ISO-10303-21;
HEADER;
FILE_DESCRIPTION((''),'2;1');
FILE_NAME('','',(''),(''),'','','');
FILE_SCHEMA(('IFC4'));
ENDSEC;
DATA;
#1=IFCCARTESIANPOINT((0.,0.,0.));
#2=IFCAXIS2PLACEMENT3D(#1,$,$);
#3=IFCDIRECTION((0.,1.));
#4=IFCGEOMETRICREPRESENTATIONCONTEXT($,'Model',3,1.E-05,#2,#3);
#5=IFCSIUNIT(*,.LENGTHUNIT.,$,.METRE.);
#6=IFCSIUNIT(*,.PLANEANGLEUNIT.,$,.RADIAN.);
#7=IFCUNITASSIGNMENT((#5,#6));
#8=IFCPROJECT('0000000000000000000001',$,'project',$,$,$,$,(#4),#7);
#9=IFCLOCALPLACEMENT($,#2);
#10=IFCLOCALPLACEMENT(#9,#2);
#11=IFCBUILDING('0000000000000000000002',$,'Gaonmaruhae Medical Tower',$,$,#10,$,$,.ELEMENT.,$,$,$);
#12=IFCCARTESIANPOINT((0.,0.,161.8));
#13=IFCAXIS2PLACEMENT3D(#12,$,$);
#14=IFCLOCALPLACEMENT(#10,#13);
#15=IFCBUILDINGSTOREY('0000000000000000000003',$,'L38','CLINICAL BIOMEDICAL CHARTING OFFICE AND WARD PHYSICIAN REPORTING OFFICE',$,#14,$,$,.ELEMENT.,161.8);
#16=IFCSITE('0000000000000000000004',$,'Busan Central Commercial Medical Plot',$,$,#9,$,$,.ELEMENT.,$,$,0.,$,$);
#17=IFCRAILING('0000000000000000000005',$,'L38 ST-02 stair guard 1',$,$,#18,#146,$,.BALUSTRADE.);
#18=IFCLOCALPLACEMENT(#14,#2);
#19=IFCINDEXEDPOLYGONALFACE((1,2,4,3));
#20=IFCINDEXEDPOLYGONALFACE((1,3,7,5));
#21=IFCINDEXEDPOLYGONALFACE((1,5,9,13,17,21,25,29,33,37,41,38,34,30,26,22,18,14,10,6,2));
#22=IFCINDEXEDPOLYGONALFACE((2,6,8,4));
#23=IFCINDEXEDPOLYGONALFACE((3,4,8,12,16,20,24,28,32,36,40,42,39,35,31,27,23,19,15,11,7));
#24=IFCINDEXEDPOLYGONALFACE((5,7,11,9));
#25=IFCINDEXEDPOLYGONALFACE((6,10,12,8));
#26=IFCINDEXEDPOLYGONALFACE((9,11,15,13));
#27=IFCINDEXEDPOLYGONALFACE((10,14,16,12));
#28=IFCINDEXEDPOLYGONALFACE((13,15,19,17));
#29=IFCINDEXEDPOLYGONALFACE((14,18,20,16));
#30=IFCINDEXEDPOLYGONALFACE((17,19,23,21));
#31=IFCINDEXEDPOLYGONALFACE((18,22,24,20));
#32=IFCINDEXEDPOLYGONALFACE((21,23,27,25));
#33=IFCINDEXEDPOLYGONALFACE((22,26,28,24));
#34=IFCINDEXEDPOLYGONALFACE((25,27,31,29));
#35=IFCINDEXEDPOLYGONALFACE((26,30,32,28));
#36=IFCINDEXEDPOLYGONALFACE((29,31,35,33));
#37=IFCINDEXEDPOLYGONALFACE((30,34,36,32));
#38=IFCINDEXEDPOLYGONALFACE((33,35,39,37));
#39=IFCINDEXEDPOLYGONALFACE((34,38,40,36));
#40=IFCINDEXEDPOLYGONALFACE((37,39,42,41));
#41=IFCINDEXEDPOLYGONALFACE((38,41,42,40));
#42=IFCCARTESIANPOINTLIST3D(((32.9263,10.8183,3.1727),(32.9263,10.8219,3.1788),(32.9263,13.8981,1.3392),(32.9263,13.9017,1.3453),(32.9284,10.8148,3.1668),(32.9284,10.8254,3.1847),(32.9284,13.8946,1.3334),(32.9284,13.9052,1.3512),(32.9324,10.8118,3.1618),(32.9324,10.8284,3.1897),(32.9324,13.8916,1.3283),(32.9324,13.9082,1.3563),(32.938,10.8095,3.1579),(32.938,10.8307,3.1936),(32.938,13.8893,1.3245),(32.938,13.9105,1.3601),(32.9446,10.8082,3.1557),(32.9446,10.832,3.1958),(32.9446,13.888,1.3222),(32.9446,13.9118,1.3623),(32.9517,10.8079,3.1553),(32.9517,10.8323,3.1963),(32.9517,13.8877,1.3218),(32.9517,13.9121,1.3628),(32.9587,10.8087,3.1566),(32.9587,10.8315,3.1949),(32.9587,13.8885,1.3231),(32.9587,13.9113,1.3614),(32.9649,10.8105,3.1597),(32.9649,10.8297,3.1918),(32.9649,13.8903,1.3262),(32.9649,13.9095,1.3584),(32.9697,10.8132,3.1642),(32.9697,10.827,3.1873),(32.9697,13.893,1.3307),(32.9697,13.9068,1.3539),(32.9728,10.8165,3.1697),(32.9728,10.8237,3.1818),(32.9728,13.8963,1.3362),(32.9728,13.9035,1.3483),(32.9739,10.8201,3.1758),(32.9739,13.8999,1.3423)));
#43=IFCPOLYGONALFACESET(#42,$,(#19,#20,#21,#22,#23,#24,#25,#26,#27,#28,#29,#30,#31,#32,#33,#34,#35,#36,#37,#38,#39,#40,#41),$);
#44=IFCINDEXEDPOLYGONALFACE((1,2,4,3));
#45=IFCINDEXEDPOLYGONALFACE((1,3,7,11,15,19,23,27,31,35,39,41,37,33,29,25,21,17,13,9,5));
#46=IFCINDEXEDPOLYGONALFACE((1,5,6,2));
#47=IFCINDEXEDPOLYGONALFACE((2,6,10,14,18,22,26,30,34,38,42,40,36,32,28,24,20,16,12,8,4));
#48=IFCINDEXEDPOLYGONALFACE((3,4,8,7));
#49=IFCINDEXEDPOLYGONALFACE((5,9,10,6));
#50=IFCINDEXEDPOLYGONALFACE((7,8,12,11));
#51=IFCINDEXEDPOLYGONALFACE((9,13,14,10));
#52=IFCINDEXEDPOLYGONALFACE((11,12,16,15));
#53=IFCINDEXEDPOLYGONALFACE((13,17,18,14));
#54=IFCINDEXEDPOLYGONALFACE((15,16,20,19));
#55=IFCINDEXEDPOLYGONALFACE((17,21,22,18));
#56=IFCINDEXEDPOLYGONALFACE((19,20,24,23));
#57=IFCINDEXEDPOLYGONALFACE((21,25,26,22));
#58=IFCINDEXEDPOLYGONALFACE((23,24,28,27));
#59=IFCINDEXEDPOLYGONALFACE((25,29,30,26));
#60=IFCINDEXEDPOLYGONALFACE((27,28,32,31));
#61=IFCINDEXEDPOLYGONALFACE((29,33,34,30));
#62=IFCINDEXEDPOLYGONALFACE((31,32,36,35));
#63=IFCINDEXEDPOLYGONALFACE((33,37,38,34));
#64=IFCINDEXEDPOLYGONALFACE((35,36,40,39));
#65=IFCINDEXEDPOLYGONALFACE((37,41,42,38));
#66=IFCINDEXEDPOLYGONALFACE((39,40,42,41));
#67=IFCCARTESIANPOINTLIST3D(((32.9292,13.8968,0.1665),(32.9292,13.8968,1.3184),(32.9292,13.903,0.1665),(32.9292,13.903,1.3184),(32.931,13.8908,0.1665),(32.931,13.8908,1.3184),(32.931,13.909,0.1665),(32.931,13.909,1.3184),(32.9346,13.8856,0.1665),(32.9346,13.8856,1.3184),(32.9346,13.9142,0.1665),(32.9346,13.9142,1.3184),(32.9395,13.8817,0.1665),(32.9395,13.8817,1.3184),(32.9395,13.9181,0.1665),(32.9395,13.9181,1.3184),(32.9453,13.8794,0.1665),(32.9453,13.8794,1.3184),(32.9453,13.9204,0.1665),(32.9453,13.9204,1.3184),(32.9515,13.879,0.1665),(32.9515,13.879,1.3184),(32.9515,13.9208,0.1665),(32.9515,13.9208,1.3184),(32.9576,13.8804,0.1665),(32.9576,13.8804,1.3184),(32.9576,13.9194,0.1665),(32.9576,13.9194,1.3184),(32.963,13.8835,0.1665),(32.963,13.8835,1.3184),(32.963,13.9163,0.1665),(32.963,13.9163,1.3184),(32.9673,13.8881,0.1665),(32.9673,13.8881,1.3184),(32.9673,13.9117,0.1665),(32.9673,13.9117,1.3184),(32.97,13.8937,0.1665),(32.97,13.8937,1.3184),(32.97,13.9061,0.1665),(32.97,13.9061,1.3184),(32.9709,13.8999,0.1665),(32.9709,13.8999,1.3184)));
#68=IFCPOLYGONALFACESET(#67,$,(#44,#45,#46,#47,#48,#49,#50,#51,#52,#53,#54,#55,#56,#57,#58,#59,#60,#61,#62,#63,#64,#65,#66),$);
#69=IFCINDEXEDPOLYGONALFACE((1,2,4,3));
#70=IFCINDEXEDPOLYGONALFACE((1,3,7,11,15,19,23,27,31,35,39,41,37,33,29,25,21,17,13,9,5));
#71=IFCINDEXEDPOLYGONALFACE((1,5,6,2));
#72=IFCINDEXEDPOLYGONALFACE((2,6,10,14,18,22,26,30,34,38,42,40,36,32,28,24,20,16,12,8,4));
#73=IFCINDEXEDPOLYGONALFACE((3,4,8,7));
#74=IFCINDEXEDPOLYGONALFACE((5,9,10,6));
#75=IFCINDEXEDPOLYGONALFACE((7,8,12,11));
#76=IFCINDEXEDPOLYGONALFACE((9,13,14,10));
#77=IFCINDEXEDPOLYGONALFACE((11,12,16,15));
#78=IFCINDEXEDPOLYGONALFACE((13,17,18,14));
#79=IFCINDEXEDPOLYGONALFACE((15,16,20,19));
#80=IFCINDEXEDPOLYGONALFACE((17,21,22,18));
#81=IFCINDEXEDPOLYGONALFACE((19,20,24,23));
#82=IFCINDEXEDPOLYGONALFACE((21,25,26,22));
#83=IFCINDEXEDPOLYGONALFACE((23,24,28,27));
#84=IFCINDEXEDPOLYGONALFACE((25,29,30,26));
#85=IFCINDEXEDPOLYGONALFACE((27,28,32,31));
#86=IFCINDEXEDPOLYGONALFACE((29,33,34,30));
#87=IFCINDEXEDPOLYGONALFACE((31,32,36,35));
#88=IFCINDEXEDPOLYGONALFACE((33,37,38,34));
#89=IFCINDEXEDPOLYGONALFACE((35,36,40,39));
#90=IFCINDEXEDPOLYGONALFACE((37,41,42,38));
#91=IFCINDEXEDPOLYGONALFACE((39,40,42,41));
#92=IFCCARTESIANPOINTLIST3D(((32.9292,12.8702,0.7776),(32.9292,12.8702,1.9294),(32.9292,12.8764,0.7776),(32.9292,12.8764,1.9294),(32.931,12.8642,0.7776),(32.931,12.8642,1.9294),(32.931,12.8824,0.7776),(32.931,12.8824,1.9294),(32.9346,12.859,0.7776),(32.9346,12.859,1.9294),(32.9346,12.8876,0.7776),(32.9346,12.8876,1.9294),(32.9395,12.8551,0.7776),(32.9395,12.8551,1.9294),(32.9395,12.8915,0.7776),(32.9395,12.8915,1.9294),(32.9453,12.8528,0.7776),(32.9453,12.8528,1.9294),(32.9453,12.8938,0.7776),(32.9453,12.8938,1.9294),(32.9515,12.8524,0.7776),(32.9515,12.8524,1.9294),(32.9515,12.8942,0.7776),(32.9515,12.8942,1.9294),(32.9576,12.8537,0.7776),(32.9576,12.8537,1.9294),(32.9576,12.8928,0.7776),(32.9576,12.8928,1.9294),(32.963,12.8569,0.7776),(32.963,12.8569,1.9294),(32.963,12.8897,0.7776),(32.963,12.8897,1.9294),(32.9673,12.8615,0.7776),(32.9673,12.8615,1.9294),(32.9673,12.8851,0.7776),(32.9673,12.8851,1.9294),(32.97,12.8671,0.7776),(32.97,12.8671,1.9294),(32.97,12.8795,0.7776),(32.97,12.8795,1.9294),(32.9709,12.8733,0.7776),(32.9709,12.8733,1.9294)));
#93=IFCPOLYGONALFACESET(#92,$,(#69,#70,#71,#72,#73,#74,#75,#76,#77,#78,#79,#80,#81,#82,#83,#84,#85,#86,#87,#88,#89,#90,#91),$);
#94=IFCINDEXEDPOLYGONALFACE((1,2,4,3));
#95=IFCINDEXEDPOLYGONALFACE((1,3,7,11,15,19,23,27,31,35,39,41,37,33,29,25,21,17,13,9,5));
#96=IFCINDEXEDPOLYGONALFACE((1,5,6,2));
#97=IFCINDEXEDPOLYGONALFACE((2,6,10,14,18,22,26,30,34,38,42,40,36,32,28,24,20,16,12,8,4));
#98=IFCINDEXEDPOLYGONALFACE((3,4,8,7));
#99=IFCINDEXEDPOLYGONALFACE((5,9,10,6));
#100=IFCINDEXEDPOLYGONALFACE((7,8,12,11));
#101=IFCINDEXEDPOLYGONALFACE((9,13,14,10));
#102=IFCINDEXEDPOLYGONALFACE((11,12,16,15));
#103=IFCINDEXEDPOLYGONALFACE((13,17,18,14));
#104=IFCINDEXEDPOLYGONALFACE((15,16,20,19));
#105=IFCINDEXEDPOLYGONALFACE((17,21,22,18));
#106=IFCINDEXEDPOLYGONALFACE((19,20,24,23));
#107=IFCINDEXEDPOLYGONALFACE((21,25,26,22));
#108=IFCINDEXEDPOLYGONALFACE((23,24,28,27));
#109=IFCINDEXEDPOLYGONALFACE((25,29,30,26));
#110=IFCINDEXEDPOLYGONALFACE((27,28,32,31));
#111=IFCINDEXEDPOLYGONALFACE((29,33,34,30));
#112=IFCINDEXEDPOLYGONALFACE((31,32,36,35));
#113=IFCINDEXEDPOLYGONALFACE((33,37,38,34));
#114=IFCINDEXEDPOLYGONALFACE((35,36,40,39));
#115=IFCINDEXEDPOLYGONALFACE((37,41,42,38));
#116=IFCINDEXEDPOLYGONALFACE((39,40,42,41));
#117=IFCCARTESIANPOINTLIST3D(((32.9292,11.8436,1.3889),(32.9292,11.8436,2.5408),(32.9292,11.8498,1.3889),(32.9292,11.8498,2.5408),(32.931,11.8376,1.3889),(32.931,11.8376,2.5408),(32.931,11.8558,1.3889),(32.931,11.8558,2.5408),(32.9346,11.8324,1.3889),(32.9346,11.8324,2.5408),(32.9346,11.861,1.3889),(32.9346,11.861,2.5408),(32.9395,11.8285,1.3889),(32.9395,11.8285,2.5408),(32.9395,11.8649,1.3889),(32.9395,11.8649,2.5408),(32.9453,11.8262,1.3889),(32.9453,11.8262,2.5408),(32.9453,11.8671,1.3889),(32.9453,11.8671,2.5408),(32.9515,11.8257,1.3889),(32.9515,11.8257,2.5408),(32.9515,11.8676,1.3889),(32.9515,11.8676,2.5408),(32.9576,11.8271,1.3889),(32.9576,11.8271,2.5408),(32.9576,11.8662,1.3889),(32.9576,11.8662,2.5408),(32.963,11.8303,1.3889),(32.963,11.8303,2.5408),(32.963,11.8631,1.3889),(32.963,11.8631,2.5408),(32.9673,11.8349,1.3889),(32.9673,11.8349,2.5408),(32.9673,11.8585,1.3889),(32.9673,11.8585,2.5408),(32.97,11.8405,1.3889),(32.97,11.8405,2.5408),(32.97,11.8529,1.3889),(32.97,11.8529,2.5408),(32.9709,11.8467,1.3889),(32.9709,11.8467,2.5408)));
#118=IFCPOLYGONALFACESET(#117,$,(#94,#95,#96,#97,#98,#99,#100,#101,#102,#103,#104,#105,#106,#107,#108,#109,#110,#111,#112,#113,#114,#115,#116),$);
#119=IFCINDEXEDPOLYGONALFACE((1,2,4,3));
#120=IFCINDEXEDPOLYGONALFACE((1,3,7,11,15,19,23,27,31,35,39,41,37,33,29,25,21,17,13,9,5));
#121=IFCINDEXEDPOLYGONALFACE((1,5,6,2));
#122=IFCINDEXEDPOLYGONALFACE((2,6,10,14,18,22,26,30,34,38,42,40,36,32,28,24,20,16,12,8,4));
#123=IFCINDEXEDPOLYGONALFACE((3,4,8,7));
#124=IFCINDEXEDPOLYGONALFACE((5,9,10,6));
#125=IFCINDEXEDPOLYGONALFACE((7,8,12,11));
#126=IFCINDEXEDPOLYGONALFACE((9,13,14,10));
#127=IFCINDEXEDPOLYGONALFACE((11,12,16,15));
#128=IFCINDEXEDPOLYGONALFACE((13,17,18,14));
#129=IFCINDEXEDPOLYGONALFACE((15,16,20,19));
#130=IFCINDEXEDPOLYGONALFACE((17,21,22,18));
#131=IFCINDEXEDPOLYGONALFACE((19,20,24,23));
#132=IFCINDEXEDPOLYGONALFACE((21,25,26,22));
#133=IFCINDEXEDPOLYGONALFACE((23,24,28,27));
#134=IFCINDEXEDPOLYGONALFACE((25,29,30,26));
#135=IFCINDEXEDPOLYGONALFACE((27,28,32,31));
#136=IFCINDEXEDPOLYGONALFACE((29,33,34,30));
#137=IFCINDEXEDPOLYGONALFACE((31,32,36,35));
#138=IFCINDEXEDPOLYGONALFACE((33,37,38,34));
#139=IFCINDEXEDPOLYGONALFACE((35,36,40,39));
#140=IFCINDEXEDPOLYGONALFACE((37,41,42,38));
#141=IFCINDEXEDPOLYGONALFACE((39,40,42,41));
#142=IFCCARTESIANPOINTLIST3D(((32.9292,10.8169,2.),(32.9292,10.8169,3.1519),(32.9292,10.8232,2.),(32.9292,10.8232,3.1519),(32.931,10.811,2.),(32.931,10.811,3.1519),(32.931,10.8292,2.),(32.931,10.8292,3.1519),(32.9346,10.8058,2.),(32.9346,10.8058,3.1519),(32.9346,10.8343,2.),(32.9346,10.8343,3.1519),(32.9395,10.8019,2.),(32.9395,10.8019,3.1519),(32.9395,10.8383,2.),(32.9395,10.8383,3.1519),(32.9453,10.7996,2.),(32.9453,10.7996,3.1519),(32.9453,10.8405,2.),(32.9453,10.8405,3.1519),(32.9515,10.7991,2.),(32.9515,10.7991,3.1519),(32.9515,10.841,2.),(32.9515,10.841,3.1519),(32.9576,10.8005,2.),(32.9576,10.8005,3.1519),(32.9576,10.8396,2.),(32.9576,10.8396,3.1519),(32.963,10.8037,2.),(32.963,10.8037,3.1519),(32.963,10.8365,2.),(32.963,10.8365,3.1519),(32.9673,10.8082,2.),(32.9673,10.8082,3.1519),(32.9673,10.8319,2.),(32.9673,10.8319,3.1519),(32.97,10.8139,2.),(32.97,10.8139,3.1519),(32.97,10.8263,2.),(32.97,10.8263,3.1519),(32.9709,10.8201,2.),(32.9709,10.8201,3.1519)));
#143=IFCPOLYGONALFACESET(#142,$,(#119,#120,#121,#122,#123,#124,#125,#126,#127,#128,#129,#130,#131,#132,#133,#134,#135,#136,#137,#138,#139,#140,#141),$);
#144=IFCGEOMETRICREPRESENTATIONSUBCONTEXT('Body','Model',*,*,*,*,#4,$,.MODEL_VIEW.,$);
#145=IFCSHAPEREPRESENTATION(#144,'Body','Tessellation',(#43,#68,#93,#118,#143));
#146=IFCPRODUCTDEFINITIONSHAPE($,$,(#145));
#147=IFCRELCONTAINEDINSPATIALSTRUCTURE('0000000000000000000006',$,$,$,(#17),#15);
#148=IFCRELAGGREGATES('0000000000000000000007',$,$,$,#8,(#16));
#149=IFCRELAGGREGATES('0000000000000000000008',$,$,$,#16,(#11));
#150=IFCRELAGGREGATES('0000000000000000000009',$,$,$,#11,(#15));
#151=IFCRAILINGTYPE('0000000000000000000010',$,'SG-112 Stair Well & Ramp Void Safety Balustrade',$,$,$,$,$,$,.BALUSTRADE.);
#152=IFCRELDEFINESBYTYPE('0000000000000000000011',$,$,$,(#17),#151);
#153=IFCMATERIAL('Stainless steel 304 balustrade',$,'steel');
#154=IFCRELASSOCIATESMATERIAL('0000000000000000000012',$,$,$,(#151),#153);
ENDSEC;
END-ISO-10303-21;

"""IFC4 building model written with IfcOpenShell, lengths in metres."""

from ifc_helpers import new_model, si_unit, direction, frame, origin, origin_2d, place, context, subcontext, project, spatial, circle, extrude, material, type_object, element, save


model = new_model("IFC4")

# Units and contexts
model_context = context("Model", 3, precision=1e-05, world=origin(), true_north=direction((0.0, 1.0)))
body_context = subcontext(model_context, "Body", "Model", "MODEL_VIEW")
ifc_project = project(units=[si_unit("LENGTHUNIT", "METRE"), si_unit("PLANEANGLEUNIT", "RADIAN")], contexts=[model_context])

# Site, building, storey
site_placement = place(None, origin())
site = spatial("IfcSite", under=ifc_project, at=site_placement, Name="Busan Central Commercial Medical Plot", CompositionType="ELEMENT", RefElevation=0.0)
building_placement = place(site_placement, origin())
building = spatial("IfcBuilding", under=site, at=building_placement, Name="Gaonmaruhae Medical Tower", CompositionType="ELEMENT")
storey_placement = place(building_placement, frame((0.0, 0.0, 161.8)))
storey = spatial("IfcBuildingStorey", under=building, at=storey_placement, Name="L38", Description="CLINICAL BIOMEDICAL CHARTING OFFICE AND WARD PHYSICIAN REPORTING OFFICE", CompositionType="ELEMENT", Elevation=161.8)

# Railing
ifc_material_1 = material(Name="Stainless steel 304 balustrade", Category="steel")
railing_type_1 = type_object("IfcRailingType", Name="SG-112 Stair Well & Ramp Void Safety Balustrade", PredefinedType="BALUSTRADE", material=ifc_material_1)
railing_1_placement = place(storey_placement, frame((32.95, 13.8999, 0.1665)))
element("IfcRailing", 1, at=railing_1_placement, inside=storey, type_object=railing_type_1, Name="L38 ST-02 stair guard 1", PredefinedType="BALUSTRADE", context=body_context, shape_type="SweptSolid", body=[
    extrude(circle(Radius=0.0239, at=origin_2d()), frame((0.0, 0.0, 1.1758), z_axis=(0.0, -0.859261, 0.511538), x_axis=(1.0, 0.0, 0.0)), (0.0, 0.0, 1.0), 3.5842),
    extrude(circle(Radius=0.021, at=origin_2d()), origin(), (0.0, 0.0, 1.0), 1.1519),
    extrude(circle(Radius=0.021, at=origin_2d()), frame((0.0, -1.0266, 0.6111)), (0.0, 0.0, 1.0), 1.1519),
    extrude(circle(Radius=0.021, at=origin_2d()), frame((0.0, -2.0532, 1.2224)), (0.0, 0.0, 1.0), 1.1519),
    extrude(circle(Radius=0.021, at=origin_2d()), frame((0.0, -3.0798, 1.8335)), (0.0, 0.0, 1.0), 1.1519),
])

save(model, "model.ifc")
